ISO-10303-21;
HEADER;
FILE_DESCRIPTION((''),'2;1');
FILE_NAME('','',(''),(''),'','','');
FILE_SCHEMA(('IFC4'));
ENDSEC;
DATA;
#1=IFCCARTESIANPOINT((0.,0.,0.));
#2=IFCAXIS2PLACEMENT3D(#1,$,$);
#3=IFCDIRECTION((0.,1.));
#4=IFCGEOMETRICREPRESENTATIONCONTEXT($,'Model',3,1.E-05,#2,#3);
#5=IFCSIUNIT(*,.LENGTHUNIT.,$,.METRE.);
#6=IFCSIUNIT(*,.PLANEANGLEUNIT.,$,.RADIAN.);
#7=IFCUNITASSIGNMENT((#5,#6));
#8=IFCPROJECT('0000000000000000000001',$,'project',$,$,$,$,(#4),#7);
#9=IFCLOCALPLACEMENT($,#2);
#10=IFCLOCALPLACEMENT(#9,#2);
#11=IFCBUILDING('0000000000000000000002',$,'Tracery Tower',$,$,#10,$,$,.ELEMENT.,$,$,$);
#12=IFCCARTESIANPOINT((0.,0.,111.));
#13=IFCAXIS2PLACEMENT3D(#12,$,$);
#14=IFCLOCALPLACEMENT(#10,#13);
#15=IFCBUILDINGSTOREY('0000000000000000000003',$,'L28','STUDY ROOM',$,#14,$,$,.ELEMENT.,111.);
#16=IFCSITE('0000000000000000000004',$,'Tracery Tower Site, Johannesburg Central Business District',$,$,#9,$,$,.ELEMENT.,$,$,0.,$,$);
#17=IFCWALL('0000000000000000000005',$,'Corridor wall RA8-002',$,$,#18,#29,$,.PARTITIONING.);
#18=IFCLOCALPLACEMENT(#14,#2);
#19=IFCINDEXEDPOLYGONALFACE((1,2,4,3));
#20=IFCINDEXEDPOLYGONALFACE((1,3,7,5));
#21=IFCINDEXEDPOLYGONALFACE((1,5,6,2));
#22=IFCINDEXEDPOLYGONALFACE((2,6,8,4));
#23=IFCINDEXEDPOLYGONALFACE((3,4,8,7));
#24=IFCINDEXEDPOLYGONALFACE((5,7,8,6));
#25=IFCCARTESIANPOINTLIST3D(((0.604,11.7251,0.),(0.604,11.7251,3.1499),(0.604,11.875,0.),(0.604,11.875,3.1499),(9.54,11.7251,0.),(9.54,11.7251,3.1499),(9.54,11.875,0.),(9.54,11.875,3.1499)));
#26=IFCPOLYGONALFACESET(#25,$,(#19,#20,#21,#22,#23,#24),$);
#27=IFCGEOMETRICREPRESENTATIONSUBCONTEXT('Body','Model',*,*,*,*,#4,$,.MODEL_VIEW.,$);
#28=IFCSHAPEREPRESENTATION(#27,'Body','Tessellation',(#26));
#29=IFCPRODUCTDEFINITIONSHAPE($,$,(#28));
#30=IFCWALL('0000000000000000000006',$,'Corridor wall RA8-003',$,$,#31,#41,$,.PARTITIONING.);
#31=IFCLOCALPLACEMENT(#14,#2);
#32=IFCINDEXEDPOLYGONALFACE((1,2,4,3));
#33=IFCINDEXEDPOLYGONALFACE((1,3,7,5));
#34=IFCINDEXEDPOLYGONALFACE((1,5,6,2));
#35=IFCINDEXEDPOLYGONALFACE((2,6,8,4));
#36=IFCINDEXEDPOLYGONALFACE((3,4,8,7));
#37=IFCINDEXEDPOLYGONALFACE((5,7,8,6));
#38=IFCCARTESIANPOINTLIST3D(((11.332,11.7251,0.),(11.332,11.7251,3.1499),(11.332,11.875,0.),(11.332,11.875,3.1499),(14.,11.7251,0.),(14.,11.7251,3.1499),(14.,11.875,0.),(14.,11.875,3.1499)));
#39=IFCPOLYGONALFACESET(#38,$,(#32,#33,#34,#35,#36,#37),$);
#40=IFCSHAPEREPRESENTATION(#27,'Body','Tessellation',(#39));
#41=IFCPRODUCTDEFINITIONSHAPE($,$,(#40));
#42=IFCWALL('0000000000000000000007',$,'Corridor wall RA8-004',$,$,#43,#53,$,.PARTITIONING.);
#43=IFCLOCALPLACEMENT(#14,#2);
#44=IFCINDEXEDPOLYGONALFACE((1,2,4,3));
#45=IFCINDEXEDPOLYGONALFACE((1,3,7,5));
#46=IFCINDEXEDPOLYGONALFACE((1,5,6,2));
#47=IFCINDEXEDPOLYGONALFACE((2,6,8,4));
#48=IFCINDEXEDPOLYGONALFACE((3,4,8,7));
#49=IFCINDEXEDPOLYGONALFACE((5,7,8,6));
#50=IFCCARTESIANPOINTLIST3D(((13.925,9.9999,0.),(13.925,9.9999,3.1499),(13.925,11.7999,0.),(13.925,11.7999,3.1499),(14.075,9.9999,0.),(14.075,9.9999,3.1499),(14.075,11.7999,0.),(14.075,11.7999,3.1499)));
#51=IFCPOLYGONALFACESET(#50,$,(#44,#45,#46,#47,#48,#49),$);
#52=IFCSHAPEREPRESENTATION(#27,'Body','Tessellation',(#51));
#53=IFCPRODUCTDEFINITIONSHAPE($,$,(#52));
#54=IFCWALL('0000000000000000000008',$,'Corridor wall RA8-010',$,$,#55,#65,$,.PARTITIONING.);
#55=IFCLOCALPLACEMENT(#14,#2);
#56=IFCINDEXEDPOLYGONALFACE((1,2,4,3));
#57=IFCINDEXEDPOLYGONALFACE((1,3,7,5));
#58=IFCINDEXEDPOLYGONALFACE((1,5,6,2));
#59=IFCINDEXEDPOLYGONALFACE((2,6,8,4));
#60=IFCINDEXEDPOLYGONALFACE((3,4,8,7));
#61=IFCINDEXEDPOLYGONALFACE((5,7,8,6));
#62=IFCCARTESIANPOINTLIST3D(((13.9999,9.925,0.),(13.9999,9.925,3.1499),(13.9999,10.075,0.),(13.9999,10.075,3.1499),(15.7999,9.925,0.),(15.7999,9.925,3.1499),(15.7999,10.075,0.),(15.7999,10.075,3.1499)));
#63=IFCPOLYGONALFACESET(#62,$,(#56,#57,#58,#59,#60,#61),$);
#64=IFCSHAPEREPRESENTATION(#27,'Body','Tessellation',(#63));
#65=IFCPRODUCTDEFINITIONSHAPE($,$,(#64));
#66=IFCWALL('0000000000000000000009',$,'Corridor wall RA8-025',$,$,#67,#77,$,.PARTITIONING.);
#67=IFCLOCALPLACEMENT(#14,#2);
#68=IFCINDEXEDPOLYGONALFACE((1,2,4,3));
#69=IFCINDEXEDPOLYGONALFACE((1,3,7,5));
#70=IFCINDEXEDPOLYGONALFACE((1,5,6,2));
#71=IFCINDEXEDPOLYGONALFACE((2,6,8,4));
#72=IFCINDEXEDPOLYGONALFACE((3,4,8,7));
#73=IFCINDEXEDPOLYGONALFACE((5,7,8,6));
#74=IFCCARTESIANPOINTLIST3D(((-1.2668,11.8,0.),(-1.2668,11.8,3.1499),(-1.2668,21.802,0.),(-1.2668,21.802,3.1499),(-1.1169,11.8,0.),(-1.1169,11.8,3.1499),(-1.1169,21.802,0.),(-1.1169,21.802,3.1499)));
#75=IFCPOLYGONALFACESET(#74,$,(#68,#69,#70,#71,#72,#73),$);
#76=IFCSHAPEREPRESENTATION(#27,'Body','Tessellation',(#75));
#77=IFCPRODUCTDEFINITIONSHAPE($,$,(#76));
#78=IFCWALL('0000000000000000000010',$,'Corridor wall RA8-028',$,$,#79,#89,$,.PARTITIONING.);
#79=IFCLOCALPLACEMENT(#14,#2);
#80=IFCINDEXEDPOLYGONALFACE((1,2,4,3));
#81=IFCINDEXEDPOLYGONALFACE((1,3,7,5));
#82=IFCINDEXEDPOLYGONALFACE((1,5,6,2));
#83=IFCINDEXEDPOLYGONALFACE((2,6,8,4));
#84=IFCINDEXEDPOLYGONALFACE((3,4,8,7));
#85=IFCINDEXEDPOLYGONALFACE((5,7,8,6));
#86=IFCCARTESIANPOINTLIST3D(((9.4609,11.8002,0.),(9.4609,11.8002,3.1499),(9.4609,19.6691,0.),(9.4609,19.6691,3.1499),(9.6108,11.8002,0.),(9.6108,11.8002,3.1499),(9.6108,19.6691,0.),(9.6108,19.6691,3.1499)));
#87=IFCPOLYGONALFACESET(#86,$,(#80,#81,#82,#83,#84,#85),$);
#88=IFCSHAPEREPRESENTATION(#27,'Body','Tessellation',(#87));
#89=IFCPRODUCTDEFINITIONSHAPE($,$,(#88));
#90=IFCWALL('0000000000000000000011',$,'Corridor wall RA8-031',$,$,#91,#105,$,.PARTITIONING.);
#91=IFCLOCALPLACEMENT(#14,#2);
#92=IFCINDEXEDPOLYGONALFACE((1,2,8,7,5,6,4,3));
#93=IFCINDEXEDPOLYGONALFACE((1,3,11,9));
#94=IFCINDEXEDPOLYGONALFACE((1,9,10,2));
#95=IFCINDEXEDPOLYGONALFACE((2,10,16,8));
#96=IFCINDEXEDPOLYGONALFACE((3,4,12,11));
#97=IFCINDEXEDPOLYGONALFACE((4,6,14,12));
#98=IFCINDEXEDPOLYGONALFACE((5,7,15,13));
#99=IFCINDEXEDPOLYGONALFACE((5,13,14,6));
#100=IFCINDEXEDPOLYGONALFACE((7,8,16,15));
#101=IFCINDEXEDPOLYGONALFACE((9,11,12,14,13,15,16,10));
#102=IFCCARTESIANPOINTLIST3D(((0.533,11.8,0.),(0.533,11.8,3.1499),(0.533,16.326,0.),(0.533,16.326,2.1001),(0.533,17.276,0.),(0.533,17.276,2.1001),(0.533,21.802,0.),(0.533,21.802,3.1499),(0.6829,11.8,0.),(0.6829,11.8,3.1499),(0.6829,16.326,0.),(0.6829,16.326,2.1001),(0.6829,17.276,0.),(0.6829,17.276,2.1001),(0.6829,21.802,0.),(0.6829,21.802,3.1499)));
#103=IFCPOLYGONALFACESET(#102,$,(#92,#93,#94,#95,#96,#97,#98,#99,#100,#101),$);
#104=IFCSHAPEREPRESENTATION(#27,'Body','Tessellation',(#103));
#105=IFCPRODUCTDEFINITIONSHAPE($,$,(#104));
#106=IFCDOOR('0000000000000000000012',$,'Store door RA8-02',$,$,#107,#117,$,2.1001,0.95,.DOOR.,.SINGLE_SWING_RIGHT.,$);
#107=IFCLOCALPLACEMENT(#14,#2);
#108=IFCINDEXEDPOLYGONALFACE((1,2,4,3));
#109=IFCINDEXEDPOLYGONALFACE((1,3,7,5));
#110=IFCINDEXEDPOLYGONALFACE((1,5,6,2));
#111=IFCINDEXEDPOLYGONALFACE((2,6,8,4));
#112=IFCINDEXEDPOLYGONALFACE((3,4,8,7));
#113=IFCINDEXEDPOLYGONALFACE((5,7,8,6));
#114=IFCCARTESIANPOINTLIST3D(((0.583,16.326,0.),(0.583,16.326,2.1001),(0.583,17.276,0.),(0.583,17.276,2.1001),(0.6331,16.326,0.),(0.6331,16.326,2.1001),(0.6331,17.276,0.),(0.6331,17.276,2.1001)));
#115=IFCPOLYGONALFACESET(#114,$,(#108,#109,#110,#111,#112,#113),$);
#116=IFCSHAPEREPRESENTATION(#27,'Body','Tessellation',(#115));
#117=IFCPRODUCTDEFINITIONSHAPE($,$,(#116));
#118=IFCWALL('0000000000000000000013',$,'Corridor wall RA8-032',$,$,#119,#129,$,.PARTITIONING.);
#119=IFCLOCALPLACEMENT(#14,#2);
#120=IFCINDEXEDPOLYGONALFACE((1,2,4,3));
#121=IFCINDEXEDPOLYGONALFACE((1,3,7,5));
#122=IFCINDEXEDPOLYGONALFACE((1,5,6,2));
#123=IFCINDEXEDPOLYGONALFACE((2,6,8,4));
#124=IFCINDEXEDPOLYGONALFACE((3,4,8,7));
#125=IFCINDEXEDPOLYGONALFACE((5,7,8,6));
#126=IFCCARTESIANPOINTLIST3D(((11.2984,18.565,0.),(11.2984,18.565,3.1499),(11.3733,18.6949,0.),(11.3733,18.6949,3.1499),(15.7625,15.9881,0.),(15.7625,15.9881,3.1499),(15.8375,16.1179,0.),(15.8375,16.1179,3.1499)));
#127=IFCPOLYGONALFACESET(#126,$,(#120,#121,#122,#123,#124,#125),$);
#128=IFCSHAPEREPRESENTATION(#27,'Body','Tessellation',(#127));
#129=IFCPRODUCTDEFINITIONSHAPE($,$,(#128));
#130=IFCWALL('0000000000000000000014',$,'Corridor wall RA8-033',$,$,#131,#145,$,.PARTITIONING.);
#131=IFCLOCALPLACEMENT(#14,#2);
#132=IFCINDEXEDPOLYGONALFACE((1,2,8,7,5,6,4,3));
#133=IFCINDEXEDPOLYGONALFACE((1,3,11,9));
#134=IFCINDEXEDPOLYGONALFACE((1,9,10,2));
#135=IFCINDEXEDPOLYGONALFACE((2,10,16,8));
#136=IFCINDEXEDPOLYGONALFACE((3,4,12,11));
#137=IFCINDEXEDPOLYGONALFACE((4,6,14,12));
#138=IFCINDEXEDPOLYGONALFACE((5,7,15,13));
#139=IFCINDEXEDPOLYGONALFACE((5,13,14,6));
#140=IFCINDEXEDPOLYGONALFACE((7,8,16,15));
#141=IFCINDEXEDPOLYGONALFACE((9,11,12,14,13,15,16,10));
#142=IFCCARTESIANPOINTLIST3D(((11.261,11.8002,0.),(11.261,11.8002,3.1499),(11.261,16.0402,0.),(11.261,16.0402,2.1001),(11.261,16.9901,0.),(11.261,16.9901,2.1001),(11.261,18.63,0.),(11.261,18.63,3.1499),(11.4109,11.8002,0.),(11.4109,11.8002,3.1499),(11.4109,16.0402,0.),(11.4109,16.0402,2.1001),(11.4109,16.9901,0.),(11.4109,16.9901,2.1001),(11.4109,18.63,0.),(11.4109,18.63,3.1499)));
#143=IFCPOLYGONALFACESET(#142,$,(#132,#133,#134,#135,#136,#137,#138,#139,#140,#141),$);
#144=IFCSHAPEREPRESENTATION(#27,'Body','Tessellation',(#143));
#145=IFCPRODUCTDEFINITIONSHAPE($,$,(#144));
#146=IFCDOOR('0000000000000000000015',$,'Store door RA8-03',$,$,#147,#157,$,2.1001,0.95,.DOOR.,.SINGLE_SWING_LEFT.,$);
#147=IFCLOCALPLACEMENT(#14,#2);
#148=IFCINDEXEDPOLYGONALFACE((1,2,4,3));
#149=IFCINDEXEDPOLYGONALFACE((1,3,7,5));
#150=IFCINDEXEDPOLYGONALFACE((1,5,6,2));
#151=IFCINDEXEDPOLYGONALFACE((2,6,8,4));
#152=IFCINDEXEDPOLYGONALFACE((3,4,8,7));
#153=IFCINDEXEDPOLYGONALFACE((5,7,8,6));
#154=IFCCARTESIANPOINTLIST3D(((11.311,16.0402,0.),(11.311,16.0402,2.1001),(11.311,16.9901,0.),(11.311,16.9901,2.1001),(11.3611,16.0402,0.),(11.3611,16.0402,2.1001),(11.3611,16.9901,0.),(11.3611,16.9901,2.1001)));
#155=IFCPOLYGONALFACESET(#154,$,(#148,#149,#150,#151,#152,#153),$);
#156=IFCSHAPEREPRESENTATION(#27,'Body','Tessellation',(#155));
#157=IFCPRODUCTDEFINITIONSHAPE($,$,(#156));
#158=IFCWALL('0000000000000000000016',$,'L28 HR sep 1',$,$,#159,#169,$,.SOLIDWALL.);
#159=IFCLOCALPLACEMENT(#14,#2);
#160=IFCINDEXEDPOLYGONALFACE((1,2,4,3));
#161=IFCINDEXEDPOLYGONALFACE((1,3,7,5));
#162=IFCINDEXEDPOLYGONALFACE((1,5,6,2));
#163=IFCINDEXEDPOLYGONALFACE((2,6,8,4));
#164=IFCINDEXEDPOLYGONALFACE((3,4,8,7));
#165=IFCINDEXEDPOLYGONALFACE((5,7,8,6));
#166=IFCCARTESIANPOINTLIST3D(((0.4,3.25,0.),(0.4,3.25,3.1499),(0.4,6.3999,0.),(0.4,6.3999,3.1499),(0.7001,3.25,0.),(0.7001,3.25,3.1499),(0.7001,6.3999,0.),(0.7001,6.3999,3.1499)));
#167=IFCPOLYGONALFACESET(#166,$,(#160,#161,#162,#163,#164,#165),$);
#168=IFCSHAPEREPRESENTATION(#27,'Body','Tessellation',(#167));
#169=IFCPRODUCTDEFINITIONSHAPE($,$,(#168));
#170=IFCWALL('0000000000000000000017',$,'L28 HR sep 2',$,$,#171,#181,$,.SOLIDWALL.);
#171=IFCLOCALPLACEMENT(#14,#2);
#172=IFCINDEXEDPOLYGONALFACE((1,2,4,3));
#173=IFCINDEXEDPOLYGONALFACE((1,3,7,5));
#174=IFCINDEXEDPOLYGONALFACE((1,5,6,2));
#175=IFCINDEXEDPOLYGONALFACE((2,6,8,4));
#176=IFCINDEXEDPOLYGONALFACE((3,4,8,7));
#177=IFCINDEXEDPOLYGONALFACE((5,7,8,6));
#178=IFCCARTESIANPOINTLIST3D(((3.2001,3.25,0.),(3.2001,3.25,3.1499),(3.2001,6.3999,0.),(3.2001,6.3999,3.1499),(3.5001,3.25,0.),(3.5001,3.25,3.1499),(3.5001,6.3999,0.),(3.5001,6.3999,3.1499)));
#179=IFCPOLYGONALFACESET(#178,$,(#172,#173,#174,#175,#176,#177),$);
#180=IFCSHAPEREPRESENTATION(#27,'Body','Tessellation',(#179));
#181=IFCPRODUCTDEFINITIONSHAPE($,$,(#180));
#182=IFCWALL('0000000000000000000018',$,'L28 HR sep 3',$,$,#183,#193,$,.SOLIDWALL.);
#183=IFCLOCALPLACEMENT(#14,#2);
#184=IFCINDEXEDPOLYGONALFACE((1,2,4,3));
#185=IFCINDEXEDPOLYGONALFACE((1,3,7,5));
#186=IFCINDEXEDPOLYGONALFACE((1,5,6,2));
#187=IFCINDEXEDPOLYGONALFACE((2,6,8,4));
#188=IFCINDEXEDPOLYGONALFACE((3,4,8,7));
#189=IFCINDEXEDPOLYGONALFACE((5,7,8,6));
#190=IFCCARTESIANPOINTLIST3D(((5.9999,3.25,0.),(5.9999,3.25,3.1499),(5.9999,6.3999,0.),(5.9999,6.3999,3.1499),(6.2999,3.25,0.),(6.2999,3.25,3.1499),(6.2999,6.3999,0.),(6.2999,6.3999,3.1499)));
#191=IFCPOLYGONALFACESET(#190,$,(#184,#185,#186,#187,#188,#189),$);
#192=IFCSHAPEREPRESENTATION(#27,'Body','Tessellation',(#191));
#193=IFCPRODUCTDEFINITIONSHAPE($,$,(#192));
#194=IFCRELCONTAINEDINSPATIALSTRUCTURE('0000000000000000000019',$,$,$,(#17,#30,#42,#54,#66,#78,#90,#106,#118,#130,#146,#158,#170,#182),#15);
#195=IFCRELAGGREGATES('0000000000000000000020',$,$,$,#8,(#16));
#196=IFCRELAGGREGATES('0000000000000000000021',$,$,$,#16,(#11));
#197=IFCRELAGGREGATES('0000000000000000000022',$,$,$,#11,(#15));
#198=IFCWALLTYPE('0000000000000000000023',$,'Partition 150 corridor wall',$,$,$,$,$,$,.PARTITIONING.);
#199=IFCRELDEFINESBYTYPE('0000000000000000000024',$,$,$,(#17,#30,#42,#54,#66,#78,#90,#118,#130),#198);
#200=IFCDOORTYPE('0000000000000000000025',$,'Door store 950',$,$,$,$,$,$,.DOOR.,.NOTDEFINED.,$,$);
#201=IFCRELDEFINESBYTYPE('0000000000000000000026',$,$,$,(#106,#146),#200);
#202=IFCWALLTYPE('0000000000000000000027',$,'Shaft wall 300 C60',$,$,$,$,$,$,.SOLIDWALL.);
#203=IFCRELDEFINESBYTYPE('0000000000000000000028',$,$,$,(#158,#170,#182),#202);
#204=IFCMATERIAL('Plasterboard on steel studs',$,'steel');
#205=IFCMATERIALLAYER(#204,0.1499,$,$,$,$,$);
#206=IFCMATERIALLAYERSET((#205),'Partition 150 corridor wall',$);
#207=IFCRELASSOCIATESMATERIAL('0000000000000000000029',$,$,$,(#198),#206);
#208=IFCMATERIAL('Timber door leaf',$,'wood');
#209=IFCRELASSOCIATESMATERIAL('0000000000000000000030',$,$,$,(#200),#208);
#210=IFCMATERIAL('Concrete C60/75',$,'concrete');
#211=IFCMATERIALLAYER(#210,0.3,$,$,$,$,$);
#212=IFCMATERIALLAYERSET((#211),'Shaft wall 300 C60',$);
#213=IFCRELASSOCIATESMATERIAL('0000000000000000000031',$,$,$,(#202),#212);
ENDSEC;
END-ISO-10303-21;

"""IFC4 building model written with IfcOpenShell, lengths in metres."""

from ifc_helpers import new_model, si_unit, direction, frame, frame_2d, origin, place, context, subcontext, project, spatial, rectangle, extrude, material, layer, layer_set, type_object, element, fill, save


model = new_model("IFC4")

# Units and contexts
model_context = context("Model", 3, precision=1e-05, world=origin(), true_north=direction((0.0, 1.0)))
body_context = subcontext(model_context, "Body", "Model", "MODEL_VIEW")
ifc_project = project(units=[si_unit("LENGTHUNIT", "METRE"), si_unit("PLANEANGLEUNIT", "RADIAN")], contexts=[model_context])

# Site, building, storey
site_placement = place(None, origin())
site = spatial("IfcSite", under=ifc_project, at=site_placement, Name="Tracery Tower Site, Johannesburg Central Business District", CompositionType="ELEMENT", RefElevation=0.0)
building_placement = place(site_placement, origin())
building = spatial("IfcBuilding", under=site, at=building_placement, Name="Tracery Tower", CompositionType="ELEMENT")
storey_placement = place(building_placement, frame((0.0, 0.0, 111.0)))
storey = spatial("IfcBuildingStorey", under=building, at=storey_placement, Name="L28", Description="STUDY ROOM", CompositionType="ELEMENT", Elevation=111.0)

# Walls
ifc_material_1 = material(Name="Plasterboard on steel studs", Category="steel")
ifc_layer_1 = layer(ifc_material_1, 0.1499)
ifc_layer_set_1 = layer_set([ifc_layer_1], Name="Partition 150 corridor wall")
wall_type_1 = type_object("IfcWallType", Name="Partition 150 corridor wall", PredefinedType="PARTITIONING", material=ifc_layer_set_1)
wall_1_placement = place(storey_placement, frame((0.604, 11.8, 0.0), z_axis=(0.0, 0.0, 1.0), x_axis=(1.0, 0.0, 0.0)))
element("IfcWall", 1, at=wall_1_placement, inside=storey, type_object=wall_type_1, Name="Corridor wall RA8-002", PredefinedType="PARTITIONING", context=body_context, shape_type="SweptSolid", body=[
    extrude(rectangle(XDim=8.936, YDim=0.1499, at=frame_2d((4.468, 0.0))), origin(), (0.0, 0.0, 1.0), 3.1499),
])
wall_2_placement = place(storey_placement, frame((11.332, 11.8, 0.0), z_axis=(0.0, 0.0, 1.0), x_axis=(1.0, 0.0, 0.0)))
element("IfcWall", 2, at=wall_2_placement, inside=storey, type_object=wall_type_1, Name="Corridor wall RA8-003", PredefinedType="PARTITIONING", context=body_context, shape_type="SweptSolid", body=[
    extrude(rectangle(XDim=2.668, YDim=0.1499, at=frame_2d((1.334, 0.0))), origin(), (0.0, 0.0, 1.0), 3.1499),
])
for number, where, z_axis, x_axis, name in (
    (3, (14.0, 10.0, 0.0), (0.0, 0.0, 1.0), (0.0, 1.0, 0.0), "Corridor wall RA8-004"),
    (4, (14.0, 10.0, 0.0), (0.0, 0.0, 1.0), (1.0, 0.0, 0.0), "Corridor wall RA8-010"),
):
    element("IfcWall", number, at=place(storey_placement, frame(where, z_axis=z_axis, x_axis=x_axis)), inside=storey, type_object=wall_type_1, Name=name, PredefinedType="PARTITIONING", context=body_context, shape_type="SweptSolid", body=[
        extrude(rectangle(XDim=1.8, YDim=0.1499, at=frame_2d((0.8999, 0.0))), origin(), (0.0, 0.0, 1.0), 3.1499),
    ])
wall_3_placement = place(storey_placement, frame((-1.1919, 11.8, 0.0), z_axis=(0.0, 0.0, 1.0), x_axis=(0.0, 1.0, 0.0)))
element("IfcWall", 5, at=wall_3_placement, inside=storey, type_object=wall_type_1, Name="Corridor wall RA8-025", PredefinedType="PARTITIONING", context=body_context, shape_type="SweptSolid", body=[
    extrude(rectangle(XDim=10.002, YDim=0.1499, at=frame_2d((5.001, 0.0))), origin(), (0.0, 0.0, 1.0), 3.1499),
])
wall_4_placement = place(storey_placement, frame((9.5359, 11.8, 0.0), z_axis=(0.0, 0.0, 1.0), x_axis=(0.0, 1.0, 0.0)))
element("IfcWall", 6, at=wall_4_placement, inside=storey, type_object=wall_type_1, Name="Corridor wall RA8-028", PredefinedType="PARTITIONING", context=body_context, shape_type="SweptSolid", body=[
    extrude(rectangle(XDim=7.8689, YDim=0.1499, at=frame_2d((3.9346, 0.0))), origin(), (0.0, 0.0, 1.0), 3.1499),
])

# Wall, opening, door
wall_5_placement = place(storey_placement, frame((0.6079, 11.8, 0.0), z_axis=(0.0, 0.0, 1.0), x_axis=(0.0, 1.0, 0.0)))
wall_5 = element("IfcWall", 7, at=wall_5_placement, inside=storey, type_object=wall_type_1, Name="Corridor wall RA8-031", PredefinedType="PARTITIONING", context=body_context, shape_type="SweptSolid", body=[
    extrude(rectangle(XDim=10.002, YDim=0.1499, at=frame_2d((5.001, 0.0))), origin(), (0.0, 0.0, 1.0), 3.1499),
])
opening_1_placement = place(wall_5_placement, frame((4.5259, 0.0, 0.0)))
opening_1 = element("IfcOpeningElement", 8, at=opening_1_placement, cuts=wall_5, PredefinedType="OPENING", context=body_context, shape_type="SweptSolid", body=[
    extrude(rectangle(XDim=0.95, YDim=2.1001, at=frame_2d((0.4751, 1.05))), frame((0.0, 0.075, 0.0), z_axis=(0.0, -1.0, 0.0), x_axis=(1.0, 0.0, 0.0)), (0.0, 0.0, 1.0), 0.1499),
])
ifc_material_2 = material(Name="Timber door leaf", Category="wood")
door_type_1 = type_object("IfcDoorType", Name="Door store 950", OperationType="NOTDEFINED", PredefinedType="DOOR", material=ifc_material_2)
door_1_placement = place(opening_1_placement, origin())
door_1 = element("IfcDoor", 9, at=door_1_placement, inside=storey, type_object=door_type_1, Name="Store door RA8-02", OperationType="SINGLE_SWING_RIGHT", OverallHeight=2.1001, OverallWidth=0.95, PredefinedType="DOOR", context=body_context, shape_type="SweptSolid", body=[
    extrude(rectangle(XDim=0.95, YDim=2.1001, at=frame_2d((0.4751, 1.05))), frame((0.0, 0.0249, 0.0), z_axis=(0.0, -1.0, 0.0), x_axis=(1.0, 0.0, 0.0)), (0.0, 0.0, 1.0), 0.05),
])
fill(opening_1, door_1)

# Wall
wall_6_placement = place(storey_placement, frame((11.3359, 18.6299, 0.0), z_axis=(0.0, 0.0, 1.0), x_axis=(0.866063, -0.499934, 0.0)))
element("IfcWall", 10, at=wall_6_placement, inside=storey, type_object=wall_type_1, Name="Corridor wall RA8-032", PredefinedType="PARTITIONING", context=body_context, shape_type="SweptSolid", body=[
    extrude(rectangle(XDim=5.1545, YDim=0.1499, at=frame_2d((2.5771, 0.0))), origin(), (0.0, 0.0, 1.0), 3.1499),
])

# Wall, opening, door
wall_7_placement = place(storey_placement, frame((11.3359, 11.8, 0.0), z_axis=(0.0, 0.0, 1.0), x_axis=(0.0, 1.0, 0.0)))
wall_7 = element("IfcWall", 11, at=wall_7_placement, inside=storey, type_object=wall_type_1, Name="Corridor wall RA8-033", PredefinedType="PARTITIONING", context=body_context, shape_type="SweptSolid", body=[
    extrude(rectangle(XDim=6.8298, YDim=0.1499, at=frame_2d((3.415, 0.0))), origin(), (0.0, 0.0, 1.0), 3.1499),
])
opening_2_placement = place(wall_7_placement, frame((4.24, 0.0, 0.0)))
opening_2 = element("IfcOpeningElement", 12, at=opening_2_placement, cuts=wall_7, PredefinedType="OPENING", context=body_context, shape_type="SweptSolid", body=[
    extrude(rectangle(XDim=0.95, YDim=2.1001, at=frame_2d((0.4751, 1.05))), frame((0.0, 0.075, 0.0), z_axis=(0.0, -1.0, 0.0), x_axis=(1.0, 0.0, 0.0)), (0.0, 0.0, 1.0), 0.1499),
])
door_2_placement = place(opening_2_placement, origin())
door_2 = element("IfcDoor", 13, at=door_2_placement, inside=storey, type_object=door_type_1, Name="Store door RA8-03", OperationType="SINGLE_SWING_LEFT", OverallHeight=2.1001, OverallWidth=0.95, PredefinedType="DOOR", context=body_context, shape_type="SweptSolid", body=[
    extrude(rectangle(XDim=0.95, YDim=2.1001, at=frame_2d((0.4751, 1.05))), frame((0.0, 0.0249, 0.0), z_axis=(0.0, -1.0, 0.0), x_axis=(1.0, 0.0, 0.0)), (0.0, 0.0, 1.0), 0.05),
])
fill(opening_2, door_2)

# Walls
ifc_material_3 = material(Name="Concrete C60/75", Category="concrete")
ifc_layer_2 = layer(ifc_material_3, 0.3)
ifc_layer_set_2 = layer_set([ifc_layer_2], Name="Shaft wall 300 C60")
wall_type_2 = type_object("IfcWallType", Name="Shaft wall 300 C60", PredefinedType="SOLIDWALL", material=ifc_layer_set_2)
for number, where, z_axis, x_axis, name in (
    (14, (0.55, 3.25, 0.0), (0.0, 0.0, 1.0), (0.0, 1.0, 0.0), "L28 HR sep 1"),
    (15, (3.3501, 3.25, 0.0), (0.0, 0.0, 1.0), (0.0, 1.0, 0.0), "L28 HR sep 2"),
    (16, (6.1499, 3.25, 0.0), (0.0, 0.0, 1.0), (0.0, 1.0, 0.0), "L28 HR sep 3"),
):
    element("IfcWall", number, at=place(storey_placement, frame(where, z_axis=z_axis, x_axis=x_axis)), inside=storey, type_object=wall_type_2, Name=name, PredefinedType="SOLIDWALL", context=body_context, shape_type="SweptSolid", body=[
        extrude(rectangle(XDim=3.1499, YDim=0.3, at=frame_2d((1.575, 0.0))), origin(), (0.0, 0.0, 1.0), 3.1499),
    ])

save(model, "model.ifc")
